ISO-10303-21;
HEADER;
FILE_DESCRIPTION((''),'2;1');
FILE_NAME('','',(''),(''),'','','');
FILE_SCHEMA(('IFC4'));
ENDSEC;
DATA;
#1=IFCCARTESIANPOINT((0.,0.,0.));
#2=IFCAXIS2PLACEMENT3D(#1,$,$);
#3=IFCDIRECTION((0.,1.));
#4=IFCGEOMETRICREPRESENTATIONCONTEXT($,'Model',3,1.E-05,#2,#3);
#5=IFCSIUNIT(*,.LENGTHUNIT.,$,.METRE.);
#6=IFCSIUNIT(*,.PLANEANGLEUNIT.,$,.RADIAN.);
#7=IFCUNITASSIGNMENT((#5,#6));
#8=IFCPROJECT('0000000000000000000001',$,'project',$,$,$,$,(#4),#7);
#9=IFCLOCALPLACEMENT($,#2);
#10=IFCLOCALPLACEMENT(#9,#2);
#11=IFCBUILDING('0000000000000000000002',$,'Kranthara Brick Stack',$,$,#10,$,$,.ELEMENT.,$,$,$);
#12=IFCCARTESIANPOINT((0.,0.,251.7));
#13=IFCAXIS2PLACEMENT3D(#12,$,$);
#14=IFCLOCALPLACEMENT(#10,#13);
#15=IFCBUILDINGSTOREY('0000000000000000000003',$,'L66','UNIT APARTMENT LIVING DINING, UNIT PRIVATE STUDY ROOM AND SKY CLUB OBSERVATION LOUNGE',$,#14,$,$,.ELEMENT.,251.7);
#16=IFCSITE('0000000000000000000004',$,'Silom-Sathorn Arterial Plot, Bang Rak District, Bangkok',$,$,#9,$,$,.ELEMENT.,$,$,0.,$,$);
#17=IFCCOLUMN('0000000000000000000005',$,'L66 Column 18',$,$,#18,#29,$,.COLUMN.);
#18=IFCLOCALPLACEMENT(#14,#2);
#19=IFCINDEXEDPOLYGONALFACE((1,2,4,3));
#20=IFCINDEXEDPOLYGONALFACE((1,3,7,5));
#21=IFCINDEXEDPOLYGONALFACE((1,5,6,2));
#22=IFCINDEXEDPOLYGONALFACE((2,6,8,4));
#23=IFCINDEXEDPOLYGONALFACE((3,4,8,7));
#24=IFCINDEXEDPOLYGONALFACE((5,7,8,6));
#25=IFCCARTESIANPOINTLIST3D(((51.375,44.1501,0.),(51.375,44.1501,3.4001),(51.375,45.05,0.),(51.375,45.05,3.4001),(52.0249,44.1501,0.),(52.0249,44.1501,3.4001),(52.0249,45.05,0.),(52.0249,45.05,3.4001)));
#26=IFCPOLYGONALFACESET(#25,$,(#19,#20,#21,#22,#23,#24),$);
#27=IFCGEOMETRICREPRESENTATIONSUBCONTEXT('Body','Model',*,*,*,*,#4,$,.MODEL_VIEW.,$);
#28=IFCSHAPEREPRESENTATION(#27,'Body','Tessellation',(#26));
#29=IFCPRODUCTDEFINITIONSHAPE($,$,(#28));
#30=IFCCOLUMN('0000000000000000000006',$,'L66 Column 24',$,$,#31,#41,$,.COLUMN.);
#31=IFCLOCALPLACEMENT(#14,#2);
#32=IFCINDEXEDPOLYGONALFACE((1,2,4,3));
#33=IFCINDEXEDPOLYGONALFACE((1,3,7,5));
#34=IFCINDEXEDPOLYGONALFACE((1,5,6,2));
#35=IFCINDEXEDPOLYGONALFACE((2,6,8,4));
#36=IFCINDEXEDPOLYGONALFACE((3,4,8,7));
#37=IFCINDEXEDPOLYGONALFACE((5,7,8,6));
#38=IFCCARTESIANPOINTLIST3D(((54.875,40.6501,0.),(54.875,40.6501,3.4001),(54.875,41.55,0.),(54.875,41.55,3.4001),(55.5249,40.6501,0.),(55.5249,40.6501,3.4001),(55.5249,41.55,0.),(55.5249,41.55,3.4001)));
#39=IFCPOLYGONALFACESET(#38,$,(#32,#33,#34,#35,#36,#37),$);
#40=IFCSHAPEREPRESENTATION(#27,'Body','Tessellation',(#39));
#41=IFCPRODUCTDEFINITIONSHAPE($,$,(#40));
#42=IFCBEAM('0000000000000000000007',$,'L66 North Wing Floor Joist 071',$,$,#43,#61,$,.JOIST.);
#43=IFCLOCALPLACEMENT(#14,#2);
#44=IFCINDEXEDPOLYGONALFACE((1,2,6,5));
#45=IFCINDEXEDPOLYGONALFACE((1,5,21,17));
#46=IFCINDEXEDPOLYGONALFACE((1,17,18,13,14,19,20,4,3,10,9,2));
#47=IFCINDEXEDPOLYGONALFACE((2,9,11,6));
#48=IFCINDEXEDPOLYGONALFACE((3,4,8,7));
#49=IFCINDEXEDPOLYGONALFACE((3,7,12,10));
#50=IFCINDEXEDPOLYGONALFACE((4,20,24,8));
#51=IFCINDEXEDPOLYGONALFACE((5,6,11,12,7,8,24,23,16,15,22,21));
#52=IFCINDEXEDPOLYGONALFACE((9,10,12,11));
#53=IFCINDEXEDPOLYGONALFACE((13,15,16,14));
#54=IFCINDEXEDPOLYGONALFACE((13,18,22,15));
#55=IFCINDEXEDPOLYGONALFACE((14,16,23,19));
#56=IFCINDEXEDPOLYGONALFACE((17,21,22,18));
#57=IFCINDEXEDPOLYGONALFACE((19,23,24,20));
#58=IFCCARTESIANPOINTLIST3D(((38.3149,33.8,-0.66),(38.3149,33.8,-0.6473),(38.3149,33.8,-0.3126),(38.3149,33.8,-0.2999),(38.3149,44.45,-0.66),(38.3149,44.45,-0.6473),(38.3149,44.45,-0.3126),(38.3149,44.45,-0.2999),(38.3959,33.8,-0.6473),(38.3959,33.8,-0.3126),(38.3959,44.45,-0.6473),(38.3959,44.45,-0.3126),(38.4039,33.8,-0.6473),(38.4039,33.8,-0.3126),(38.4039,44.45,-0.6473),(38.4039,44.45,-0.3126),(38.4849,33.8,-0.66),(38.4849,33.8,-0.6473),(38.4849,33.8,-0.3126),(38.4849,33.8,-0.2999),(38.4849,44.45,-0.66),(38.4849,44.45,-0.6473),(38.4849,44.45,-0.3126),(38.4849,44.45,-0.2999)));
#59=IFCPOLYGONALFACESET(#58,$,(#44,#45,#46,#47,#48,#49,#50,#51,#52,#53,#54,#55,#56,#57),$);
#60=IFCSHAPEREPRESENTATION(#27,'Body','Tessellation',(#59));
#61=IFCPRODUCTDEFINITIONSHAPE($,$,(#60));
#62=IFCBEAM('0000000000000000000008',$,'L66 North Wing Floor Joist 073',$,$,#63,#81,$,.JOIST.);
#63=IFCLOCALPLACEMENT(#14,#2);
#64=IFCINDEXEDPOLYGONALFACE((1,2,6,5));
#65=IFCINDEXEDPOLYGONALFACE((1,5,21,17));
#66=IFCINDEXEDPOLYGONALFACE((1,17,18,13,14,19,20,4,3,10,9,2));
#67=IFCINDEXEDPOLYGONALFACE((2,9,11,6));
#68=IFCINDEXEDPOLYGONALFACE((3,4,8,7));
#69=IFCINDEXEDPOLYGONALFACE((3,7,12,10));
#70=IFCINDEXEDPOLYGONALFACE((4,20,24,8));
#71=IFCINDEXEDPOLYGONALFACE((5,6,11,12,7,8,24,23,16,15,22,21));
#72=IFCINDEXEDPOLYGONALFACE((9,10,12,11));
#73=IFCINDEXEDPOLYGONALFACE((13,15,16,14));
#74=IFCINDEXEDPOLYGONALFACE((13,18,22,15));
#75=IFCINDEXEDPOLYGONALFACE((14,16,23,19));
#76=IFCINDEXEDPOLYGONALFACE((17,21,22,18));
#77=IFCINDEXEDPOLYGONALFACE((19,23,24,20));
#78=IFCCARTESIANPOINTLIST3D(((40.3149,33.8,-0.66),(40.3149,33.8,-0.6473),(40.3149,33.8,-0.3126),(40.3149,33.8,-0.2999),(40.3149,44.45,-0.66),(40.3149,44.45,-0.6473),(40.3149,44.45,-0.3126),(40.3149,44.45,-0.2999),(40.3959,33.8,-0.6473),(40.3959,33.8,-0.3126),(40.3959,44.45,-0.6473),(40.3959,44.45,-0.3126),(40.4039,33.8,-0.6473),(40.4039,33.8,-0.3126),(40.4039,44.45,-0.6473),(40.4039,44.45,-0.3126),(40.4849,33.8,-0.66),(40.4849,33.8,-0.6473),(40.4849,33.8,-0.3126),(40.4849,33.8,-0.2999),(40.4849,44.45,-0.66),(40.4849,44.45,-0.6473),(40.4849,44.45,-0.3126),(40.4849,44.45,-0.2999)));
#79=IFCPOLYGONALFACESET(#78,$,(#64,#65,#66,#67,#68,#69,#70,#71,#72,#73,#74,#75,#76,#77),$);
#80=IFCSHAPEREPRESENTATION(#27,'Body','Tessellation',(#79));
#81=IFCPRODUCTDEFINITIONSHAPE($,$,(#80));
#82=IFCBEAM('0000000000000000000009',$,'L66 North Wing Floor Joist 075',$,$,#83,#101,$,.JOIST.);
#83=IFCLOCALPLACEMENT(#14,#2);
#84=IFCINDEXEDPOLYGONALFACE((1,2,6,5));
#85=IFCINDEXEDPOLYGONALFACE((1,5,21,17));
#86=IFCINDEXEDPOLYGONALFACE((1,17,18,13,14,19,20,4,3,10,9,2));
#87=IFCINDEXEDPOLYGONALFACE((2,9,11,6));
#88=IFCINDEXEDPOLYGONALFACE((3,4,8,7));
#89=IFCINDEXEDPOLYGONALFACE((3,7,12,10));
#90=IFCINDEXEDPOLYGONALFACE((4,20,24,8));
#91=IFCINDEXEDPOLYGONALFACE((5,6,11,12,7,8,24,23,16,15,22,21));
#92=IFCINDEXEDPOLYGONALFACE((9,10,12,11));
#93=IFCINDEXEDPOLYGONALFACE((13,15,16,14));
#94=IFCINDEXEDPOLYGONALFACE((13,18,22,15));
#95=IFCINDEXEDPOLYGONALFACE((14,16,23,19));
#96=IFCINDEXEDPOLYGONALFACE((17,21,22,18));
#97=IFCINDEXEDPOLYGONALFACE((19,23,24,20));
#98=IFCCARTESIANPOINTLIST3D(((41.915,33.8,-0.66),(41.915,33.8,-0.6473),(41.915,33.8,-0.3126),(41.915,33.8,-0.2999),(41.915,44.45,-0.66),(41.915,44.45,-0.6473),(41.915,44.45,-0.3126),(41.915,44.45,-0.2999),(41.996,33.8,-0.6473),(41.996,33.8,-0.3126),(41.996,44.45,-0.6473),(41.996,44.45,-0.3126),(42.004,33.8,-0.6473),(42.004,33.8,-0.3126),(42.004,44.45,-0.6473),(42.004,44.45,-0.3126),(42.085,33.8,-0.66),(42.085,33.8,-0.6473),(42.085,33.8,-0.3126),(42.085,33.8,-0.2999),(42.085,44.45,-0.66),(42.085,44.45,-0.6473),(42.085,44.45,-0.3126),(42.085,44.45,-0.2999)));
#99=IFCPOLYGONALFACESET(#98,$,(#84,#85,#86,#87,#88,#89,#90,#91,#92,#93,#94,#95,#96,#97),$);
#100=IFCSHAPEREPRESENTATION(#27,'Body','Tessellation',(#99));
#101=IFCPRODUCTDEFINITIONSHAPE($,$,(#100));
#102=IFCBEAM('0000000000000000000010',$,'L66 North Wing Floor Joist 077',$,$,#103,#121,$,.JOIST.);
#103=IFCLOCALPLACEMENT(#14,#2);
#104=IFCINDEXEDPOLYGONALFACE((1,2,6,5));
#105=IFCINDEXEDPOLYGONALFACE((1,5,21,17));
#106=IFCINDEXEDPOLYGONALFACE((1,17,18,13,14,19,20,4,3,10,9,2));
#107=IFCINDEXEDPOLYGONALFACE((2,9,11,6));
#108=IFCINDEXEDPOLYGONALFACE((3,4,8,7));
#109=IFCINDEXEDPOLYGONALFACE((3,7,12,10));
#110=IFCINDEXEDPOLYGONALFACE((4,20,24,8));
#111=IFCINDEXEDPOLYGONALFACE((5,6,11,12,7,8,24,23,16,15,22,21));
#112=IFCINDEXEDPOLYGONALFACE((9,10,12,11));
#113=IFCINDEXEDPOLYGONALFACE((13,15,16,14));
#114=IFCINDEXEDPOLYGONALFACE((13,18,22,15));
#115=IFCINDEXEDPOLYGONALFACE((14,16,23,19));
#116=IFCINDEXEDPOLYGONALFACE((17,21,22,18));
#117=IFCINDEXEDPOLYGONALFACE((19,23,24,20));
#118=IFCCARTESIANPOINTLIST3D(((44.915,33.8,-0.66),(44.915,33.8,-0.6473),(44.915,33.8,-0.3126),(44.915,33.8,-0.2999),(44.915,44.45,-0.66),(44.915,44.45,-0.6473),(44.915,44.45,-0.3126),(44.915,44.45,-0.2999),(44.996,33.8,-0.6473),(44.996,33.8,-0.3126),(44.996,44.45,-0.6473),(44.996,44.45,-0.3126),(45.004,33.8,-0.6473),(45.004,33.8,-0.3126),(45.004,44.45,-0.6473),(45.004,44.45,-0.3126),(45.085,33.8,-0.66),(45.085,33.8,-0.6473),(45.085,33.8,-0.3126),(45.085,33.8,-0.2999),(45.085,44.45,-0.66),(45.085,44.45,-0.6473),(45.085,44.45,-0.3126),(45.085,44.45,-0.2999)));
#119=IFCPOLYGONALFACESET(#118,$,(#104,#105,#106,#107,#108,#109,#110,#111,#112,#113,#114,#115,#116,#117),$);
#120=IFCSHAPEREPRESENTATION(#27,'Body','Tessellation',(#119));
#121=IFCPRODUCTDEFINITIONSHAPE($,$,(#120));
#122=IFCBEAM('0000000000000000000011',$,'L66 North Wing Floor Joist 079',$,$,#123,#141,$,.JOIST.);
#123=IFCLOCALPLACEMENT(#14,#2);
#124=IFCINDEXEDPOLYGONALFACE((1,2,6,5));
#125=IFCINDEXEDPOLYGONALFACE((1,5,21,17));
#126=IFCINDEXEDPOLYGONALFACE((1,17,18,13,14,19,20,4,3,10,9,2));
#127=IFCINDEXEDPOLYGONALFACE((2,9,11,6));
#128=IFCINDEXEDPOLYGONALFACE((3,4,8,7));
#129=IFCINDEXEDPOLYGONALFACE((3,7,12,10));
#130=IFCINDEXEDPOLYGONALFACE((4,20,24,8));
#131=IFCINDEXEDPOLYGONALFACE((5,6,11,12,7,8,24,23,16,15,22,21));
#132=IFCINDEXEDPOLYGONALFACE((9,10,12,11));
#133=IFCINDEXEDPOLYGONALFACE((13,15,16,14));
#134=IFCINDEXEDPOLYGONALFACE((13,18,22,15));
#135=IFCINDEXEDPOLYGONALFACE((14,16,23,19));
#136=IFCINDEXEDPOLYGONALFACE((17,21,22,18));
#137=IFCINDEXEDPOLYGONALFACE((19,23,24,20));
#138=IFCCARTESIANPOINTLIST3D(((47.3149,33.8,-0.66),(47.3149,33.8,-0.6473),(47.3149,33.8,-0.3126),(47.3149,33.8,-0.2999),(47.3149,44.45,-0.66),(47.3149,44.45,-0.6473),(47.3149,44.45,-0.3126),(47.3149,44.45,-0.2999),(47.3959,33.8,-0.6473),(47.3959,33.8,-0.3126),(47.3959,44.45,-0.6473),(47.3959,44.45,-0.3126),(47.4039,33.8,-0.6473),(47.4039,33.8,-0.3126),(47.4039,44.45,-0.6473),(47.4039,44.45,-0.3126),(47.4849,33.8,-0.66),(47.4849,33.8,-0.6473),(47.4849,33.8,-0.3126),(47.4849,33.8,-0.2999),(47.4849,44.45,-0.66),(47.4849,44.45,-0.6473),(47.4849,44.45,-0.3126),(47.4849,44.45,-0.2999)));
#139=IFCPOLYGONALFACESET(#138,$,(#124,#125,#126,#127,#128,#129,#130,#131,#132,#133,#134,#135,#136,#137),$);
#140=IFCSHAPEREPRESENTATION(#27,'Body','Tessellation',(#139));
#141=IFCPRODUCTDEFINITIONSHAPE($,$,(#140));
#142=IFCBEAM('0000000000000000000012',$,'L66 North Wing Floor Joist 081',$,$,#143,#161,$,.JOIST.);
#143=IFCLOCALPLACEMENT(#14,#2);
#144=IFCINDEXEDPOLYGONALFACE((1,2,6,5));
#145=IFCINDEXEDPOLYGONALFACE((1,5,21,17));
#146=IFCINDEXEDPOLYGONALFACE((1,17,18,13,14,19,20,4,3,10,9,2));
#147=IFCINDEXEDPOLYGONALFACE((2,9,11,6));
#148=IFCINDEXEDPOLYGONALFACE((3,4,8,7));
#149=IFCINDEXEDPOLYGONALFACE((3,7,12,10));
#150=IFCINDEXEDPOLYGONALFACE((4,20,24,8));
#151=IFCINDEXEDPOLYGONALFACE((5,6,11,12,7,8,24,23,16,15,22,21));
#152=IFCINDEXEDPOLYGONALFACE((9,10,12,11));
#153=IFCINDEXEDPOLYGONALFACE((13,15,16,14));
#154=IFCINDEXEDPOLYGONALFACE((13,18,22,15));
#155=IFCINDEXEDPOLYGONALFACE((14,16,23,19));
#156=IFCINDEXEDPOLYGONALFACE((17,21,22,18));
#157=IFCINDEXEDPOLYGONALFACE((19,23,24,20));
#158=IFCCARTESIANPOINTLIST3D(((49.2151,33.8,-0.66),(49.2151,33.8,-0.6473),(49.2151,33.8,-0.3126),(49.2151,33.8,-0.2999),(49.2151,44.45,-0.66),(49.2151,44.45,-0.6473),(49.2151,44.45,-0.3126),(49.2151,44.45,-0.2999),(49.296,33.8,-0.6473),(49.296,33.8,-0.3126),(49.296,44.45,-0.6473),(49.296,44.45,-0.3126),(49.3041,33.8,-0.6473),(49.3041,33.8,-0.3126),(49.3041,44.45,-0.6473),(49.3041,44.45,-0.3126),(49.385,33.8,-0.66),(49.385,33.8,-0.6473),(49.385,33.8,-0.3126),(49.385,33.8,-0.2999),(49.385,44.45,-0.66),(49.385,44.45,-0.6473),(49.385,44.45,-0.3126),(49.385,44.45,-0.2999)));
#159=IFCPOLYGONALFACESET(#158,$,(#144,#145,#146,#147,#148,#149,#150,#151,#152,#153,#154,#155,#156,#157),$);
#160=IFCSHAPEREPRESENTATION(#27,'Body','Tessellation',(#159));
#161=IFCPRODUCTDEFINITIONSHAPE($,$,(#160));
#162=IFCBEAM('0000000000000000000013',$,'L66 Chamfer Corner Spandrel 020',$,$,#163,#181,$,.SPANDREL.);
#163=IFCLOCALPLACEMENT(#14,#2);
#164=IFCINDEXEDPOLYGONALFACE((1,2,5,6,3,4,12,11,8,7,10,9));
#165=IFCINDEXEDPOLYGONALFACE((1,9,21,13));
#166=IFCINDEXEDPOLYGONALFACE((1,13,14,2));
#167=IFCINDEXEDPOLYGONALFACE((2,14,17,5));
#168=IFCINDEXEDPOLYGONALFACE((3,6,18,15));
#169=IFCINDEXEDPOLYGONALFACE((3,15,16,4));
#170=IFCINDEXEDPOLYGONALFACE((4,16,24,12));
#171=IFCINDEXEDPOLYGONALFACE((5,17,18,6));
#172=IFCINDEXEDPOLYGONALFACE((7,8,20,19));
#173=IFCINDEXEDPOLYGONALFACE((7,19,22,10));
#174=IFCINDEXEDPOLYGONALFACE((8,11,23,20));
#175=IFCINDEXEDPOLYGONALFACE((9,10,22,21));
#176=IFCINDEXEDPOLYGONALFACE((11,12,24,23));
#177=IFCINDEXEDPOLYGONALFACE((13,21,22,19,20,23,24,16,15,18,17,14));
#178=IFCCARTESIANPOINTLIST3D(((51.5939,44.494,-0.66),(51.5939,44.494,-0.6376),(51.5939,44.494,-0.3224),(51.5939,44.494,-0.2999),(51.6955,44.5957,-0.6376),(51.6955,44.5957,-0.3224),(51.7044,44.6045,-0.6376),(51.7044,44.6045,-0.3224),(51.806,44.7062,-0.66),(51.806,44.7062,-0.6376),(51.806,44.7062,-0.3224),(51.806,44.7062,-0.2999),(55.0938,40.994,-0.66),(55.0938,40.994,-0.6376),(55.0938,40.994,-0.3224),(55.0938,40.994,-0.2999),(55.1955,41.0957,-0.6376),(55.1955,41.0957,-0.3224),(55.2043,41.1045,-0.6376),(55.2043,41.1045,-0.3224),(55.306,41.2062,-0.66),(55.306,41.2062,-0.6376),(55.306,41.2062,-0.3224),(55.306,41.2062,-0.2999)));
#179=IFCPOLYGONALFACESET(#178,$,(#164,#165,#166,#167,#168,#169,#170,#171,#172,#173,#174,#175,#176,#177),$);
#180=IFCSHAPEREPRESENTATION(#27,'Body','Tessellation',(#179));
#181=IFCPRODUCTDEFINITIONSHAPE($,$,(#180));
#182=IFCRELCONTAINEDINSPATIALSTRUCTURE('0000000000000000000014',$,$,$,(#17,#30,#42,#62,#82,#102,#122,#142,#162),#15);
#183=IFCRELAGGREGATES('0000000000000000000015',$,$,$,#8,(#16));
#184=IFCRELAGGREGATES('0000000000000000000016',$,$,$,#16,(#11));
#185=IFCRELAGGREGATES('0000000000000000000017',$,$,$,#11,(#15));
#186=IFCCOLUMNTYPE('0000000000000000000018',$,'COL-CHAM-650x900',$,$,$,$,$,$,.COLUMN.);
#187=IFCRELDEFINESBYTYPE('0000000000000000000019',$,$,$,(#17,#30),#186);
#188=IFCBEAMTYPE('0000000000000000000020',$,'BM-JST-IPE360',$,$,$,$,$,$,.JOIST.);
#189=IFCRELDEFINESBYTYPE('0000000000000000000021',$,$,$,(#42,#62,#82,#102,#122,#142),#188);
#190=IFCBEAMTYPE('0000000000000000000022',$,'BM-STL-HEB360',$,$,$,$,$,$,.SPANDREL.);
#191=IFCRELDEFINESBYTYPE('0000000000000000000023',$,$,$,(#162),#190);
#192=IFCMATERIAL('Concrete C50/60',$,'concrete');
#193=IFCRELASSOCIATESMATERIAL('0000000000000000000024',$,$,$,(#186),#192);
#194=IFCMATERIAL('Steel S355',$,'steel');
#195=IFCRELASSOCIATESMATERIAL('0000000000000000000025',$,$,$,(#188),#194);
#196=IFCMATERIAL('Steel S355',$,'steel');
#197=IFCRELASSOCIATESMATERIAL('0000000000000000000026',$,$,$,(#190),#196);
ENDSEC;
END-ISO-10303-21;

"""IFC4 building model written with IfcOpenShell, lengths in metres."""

from ifc_helpers import new_model, si_unit, direction, frame, origin, origin_2d, place, context, subcontext, project, spatial, rectangle, i_section, extrude, material, material_profile, profile_set, type_object, element, save


model = new_model("IFC4")

# Units and contexts
model_context = context("Model", 3, precision=1e-05, world=origin(), true_north=direction((0.0, 1.0)))
body_context = subcontext(model_context, "Body", "Model", "MODEL_VIEW")
ifc_project = project(units=[si_unit("LENGTHUNIT", "METRE"), si_unit("PLANEANGLEUNIT", "RADIAN")], contexts=[model_context])

# Site, building, storey
site_placement = place(None, origin())
site = spatial("IfcSite", under=ifc_project, at=site_placement, Name="Silom-Sathorn Arterial Plot, Bang Rak District, Bangkok", CompositionType="ELEMENT", RefElevation=0.0)
building_placement = place(site_placement, origin())
building = spatial("IfcBuilding", under=site, at=building_placement, Name="Kranthara Brick Stack", CompositionType="ELEMENT")
storey_placement = place(building_placement, frame((0.0, 0.0, 251.7)))
storey = spatial("IfcBuildingStorey", under=building, at=storey_placement, Name="L66", Description="UNIT APARTMENT LIVING DINING, UNIT PRIVATE STUDY ROOM AND SKY CLUB OBSERVATION LOUNGE", CompositionType="ELEMENT", Elevation=251.7)

# Columns
ifc_material_1 = material(Name="Concrete C50/60", Category="concrete")
ifc_material_profile_1 = material_profile(ifc_material_1, rectangle(XDim=0.6499, YDim=0.8999, at=origin_2d()), Name="RC 650x900")
ifc_profile_set_1 = profile_set([ifc_material_profile_1], Name="Concrete C50/60")
column_type = type_object("IfcColumnType", Name="COL-CHAM-650x900", PredefinedType="COLUMN", material=ifc_profile_set_1)
for number, where, z_axis, x_axis, name in (
    (1, (51.7, 44.6001, 0.0), (0.0, 0.0, 1.0), (1.0, 0.0, 0.0), "L66 Column 18"),
    (2, (55.2, 41.1001, 0.0), (0.0, 0.0, 1.0), (1.0, 0.0, 0.0), "L66 Column 24"),
):
    element("IfcColumn", number, at=place(storey_placement, frame(where, z_axis=z_axis, x_axis=x_axis)), inside=storey, type_object=column_type, Name=name, PredefinedType="COLUMN", context=body_context, shape_type="SweptSolid", body=[
        extrude(rectangle(XDim=0.6499, YDim=0.8999, at=origin_2d()), origin(), (0.0, 0.0, 1.0), 3.4001),
    ])

# Beams
ifc_material_2 = material(Name="Steel S355", Category="steel")
ifc_material_profile_2 = material_profile(ifc_material_2, i_section(OverallWidth=0.1699, OverallDepth=0.3601, WebThickness=0.0081, FlangeThickness=0.0127, at=origin_2d()), Name="IPE 360")
ifc_profile_set_2 = profile_set([ifc_material_profile_2], Name="Steel S355")
beam_type_1 = type_object("IfcBeamType", Name="BM-JST-IPE360", PredefinedType="JOIST", material=ifc_profile_set_2)
for number, where, z_axis, x_axis, name in (
    (3, (38.3999, 33.8, -0.48), (0.0, 1.0, 0.0), (-1.0, 0.0, 0.0), "L66 North Wing Floor Joist 071"),
    (4, (40.3999, 33.8, -0.48), (0.0, 1.0, 0.0), (-1.0, 0.0, 0.0), "L66 North Wing Floor Joist 073"),
    (5, (42.0, 33.8, -0.48), (0.0, 1.0, 0.0), (-1.0, 0.0, 0.0), "L66 North Wing Floor Joist 075"),
    (6, (45.0, 33.8, -0.48), (0.0, 1.0, 0.0), (-1.0, 0.0, 0.0), "L66 North Wing Floor Joist 077"),
    (7, (47.3999, 33.8, -0.48), (0.0, 1.0, 0.0), (-1.0, 0.0, 0.0), "L66 North Wing Floor Joist 079"),
    (8, (49.3, 33.8, -0.48), (0.0, 1.0, 0.0), (-1.0, 0.0, 0.0), "L66 North Wing Floor Joist 081"),
):
    element("IfcBeam", number, at=place(storey_placement, frame(where, z_axis=z_axis, x_axis=x_axis)), inside=storey, type_object=beam_type_1, Name=name, PredefinedType="JOIST", context=body_context, shape_type="SweptSolid", body=[
        extrude(i_section(OverallWidth=0.1699, OverallDepth=0.3601, WebThickness=0.0081, FlangeThickness=0.0127, at=origin_2d()), origin(), (0.0, 0.0, 1.0), 10.6499),
    ])
ifc_material_3 = material(Name="Steel S355", Category="steel")
ifc_material_profile_3 = material_profile(ifc_material_3, i_section(OverallWidth=0.3, OverallDepth=0.3601, WebThickness=0.0125, FlangeThickness=0.0225, at=origin_2d()), Name="HEB 360")
ifc_profile_set_3 = profile_set([ifc_material_profile_3], Name="Steel S355")
beam_type_2 = type_object("IfcBeamType", Name="BM-STL-HEB360", PredefinedType="SPANDREL", material=ifc_profile_set_3)
beam_placement = place(storey_placement, frame((51.7, 44.6001, -0.48), z_axis=(0.707107, -0.707107, 0.0), x_axis=(0.707107, 0.707107, 0.0)))
element("IfcBeam", 9, at=beam_placement, inside=storey, type_object=beam_type_2, Name="L66 Chamfer Corner Spandrel 020", PredefinedType="SPANDREL", context=body_context, shape_type="SweptSolid", body=[
    extrude(i_section(OverallWidth=0.3, OverallDepth=0.3601, WebThickness=0.0125, FlangeThickness=0.0225, at=origin_2d()), origin(), (0.0, 0.0, 1.0), 4.9497),
])

save(model, "model.ifc")
